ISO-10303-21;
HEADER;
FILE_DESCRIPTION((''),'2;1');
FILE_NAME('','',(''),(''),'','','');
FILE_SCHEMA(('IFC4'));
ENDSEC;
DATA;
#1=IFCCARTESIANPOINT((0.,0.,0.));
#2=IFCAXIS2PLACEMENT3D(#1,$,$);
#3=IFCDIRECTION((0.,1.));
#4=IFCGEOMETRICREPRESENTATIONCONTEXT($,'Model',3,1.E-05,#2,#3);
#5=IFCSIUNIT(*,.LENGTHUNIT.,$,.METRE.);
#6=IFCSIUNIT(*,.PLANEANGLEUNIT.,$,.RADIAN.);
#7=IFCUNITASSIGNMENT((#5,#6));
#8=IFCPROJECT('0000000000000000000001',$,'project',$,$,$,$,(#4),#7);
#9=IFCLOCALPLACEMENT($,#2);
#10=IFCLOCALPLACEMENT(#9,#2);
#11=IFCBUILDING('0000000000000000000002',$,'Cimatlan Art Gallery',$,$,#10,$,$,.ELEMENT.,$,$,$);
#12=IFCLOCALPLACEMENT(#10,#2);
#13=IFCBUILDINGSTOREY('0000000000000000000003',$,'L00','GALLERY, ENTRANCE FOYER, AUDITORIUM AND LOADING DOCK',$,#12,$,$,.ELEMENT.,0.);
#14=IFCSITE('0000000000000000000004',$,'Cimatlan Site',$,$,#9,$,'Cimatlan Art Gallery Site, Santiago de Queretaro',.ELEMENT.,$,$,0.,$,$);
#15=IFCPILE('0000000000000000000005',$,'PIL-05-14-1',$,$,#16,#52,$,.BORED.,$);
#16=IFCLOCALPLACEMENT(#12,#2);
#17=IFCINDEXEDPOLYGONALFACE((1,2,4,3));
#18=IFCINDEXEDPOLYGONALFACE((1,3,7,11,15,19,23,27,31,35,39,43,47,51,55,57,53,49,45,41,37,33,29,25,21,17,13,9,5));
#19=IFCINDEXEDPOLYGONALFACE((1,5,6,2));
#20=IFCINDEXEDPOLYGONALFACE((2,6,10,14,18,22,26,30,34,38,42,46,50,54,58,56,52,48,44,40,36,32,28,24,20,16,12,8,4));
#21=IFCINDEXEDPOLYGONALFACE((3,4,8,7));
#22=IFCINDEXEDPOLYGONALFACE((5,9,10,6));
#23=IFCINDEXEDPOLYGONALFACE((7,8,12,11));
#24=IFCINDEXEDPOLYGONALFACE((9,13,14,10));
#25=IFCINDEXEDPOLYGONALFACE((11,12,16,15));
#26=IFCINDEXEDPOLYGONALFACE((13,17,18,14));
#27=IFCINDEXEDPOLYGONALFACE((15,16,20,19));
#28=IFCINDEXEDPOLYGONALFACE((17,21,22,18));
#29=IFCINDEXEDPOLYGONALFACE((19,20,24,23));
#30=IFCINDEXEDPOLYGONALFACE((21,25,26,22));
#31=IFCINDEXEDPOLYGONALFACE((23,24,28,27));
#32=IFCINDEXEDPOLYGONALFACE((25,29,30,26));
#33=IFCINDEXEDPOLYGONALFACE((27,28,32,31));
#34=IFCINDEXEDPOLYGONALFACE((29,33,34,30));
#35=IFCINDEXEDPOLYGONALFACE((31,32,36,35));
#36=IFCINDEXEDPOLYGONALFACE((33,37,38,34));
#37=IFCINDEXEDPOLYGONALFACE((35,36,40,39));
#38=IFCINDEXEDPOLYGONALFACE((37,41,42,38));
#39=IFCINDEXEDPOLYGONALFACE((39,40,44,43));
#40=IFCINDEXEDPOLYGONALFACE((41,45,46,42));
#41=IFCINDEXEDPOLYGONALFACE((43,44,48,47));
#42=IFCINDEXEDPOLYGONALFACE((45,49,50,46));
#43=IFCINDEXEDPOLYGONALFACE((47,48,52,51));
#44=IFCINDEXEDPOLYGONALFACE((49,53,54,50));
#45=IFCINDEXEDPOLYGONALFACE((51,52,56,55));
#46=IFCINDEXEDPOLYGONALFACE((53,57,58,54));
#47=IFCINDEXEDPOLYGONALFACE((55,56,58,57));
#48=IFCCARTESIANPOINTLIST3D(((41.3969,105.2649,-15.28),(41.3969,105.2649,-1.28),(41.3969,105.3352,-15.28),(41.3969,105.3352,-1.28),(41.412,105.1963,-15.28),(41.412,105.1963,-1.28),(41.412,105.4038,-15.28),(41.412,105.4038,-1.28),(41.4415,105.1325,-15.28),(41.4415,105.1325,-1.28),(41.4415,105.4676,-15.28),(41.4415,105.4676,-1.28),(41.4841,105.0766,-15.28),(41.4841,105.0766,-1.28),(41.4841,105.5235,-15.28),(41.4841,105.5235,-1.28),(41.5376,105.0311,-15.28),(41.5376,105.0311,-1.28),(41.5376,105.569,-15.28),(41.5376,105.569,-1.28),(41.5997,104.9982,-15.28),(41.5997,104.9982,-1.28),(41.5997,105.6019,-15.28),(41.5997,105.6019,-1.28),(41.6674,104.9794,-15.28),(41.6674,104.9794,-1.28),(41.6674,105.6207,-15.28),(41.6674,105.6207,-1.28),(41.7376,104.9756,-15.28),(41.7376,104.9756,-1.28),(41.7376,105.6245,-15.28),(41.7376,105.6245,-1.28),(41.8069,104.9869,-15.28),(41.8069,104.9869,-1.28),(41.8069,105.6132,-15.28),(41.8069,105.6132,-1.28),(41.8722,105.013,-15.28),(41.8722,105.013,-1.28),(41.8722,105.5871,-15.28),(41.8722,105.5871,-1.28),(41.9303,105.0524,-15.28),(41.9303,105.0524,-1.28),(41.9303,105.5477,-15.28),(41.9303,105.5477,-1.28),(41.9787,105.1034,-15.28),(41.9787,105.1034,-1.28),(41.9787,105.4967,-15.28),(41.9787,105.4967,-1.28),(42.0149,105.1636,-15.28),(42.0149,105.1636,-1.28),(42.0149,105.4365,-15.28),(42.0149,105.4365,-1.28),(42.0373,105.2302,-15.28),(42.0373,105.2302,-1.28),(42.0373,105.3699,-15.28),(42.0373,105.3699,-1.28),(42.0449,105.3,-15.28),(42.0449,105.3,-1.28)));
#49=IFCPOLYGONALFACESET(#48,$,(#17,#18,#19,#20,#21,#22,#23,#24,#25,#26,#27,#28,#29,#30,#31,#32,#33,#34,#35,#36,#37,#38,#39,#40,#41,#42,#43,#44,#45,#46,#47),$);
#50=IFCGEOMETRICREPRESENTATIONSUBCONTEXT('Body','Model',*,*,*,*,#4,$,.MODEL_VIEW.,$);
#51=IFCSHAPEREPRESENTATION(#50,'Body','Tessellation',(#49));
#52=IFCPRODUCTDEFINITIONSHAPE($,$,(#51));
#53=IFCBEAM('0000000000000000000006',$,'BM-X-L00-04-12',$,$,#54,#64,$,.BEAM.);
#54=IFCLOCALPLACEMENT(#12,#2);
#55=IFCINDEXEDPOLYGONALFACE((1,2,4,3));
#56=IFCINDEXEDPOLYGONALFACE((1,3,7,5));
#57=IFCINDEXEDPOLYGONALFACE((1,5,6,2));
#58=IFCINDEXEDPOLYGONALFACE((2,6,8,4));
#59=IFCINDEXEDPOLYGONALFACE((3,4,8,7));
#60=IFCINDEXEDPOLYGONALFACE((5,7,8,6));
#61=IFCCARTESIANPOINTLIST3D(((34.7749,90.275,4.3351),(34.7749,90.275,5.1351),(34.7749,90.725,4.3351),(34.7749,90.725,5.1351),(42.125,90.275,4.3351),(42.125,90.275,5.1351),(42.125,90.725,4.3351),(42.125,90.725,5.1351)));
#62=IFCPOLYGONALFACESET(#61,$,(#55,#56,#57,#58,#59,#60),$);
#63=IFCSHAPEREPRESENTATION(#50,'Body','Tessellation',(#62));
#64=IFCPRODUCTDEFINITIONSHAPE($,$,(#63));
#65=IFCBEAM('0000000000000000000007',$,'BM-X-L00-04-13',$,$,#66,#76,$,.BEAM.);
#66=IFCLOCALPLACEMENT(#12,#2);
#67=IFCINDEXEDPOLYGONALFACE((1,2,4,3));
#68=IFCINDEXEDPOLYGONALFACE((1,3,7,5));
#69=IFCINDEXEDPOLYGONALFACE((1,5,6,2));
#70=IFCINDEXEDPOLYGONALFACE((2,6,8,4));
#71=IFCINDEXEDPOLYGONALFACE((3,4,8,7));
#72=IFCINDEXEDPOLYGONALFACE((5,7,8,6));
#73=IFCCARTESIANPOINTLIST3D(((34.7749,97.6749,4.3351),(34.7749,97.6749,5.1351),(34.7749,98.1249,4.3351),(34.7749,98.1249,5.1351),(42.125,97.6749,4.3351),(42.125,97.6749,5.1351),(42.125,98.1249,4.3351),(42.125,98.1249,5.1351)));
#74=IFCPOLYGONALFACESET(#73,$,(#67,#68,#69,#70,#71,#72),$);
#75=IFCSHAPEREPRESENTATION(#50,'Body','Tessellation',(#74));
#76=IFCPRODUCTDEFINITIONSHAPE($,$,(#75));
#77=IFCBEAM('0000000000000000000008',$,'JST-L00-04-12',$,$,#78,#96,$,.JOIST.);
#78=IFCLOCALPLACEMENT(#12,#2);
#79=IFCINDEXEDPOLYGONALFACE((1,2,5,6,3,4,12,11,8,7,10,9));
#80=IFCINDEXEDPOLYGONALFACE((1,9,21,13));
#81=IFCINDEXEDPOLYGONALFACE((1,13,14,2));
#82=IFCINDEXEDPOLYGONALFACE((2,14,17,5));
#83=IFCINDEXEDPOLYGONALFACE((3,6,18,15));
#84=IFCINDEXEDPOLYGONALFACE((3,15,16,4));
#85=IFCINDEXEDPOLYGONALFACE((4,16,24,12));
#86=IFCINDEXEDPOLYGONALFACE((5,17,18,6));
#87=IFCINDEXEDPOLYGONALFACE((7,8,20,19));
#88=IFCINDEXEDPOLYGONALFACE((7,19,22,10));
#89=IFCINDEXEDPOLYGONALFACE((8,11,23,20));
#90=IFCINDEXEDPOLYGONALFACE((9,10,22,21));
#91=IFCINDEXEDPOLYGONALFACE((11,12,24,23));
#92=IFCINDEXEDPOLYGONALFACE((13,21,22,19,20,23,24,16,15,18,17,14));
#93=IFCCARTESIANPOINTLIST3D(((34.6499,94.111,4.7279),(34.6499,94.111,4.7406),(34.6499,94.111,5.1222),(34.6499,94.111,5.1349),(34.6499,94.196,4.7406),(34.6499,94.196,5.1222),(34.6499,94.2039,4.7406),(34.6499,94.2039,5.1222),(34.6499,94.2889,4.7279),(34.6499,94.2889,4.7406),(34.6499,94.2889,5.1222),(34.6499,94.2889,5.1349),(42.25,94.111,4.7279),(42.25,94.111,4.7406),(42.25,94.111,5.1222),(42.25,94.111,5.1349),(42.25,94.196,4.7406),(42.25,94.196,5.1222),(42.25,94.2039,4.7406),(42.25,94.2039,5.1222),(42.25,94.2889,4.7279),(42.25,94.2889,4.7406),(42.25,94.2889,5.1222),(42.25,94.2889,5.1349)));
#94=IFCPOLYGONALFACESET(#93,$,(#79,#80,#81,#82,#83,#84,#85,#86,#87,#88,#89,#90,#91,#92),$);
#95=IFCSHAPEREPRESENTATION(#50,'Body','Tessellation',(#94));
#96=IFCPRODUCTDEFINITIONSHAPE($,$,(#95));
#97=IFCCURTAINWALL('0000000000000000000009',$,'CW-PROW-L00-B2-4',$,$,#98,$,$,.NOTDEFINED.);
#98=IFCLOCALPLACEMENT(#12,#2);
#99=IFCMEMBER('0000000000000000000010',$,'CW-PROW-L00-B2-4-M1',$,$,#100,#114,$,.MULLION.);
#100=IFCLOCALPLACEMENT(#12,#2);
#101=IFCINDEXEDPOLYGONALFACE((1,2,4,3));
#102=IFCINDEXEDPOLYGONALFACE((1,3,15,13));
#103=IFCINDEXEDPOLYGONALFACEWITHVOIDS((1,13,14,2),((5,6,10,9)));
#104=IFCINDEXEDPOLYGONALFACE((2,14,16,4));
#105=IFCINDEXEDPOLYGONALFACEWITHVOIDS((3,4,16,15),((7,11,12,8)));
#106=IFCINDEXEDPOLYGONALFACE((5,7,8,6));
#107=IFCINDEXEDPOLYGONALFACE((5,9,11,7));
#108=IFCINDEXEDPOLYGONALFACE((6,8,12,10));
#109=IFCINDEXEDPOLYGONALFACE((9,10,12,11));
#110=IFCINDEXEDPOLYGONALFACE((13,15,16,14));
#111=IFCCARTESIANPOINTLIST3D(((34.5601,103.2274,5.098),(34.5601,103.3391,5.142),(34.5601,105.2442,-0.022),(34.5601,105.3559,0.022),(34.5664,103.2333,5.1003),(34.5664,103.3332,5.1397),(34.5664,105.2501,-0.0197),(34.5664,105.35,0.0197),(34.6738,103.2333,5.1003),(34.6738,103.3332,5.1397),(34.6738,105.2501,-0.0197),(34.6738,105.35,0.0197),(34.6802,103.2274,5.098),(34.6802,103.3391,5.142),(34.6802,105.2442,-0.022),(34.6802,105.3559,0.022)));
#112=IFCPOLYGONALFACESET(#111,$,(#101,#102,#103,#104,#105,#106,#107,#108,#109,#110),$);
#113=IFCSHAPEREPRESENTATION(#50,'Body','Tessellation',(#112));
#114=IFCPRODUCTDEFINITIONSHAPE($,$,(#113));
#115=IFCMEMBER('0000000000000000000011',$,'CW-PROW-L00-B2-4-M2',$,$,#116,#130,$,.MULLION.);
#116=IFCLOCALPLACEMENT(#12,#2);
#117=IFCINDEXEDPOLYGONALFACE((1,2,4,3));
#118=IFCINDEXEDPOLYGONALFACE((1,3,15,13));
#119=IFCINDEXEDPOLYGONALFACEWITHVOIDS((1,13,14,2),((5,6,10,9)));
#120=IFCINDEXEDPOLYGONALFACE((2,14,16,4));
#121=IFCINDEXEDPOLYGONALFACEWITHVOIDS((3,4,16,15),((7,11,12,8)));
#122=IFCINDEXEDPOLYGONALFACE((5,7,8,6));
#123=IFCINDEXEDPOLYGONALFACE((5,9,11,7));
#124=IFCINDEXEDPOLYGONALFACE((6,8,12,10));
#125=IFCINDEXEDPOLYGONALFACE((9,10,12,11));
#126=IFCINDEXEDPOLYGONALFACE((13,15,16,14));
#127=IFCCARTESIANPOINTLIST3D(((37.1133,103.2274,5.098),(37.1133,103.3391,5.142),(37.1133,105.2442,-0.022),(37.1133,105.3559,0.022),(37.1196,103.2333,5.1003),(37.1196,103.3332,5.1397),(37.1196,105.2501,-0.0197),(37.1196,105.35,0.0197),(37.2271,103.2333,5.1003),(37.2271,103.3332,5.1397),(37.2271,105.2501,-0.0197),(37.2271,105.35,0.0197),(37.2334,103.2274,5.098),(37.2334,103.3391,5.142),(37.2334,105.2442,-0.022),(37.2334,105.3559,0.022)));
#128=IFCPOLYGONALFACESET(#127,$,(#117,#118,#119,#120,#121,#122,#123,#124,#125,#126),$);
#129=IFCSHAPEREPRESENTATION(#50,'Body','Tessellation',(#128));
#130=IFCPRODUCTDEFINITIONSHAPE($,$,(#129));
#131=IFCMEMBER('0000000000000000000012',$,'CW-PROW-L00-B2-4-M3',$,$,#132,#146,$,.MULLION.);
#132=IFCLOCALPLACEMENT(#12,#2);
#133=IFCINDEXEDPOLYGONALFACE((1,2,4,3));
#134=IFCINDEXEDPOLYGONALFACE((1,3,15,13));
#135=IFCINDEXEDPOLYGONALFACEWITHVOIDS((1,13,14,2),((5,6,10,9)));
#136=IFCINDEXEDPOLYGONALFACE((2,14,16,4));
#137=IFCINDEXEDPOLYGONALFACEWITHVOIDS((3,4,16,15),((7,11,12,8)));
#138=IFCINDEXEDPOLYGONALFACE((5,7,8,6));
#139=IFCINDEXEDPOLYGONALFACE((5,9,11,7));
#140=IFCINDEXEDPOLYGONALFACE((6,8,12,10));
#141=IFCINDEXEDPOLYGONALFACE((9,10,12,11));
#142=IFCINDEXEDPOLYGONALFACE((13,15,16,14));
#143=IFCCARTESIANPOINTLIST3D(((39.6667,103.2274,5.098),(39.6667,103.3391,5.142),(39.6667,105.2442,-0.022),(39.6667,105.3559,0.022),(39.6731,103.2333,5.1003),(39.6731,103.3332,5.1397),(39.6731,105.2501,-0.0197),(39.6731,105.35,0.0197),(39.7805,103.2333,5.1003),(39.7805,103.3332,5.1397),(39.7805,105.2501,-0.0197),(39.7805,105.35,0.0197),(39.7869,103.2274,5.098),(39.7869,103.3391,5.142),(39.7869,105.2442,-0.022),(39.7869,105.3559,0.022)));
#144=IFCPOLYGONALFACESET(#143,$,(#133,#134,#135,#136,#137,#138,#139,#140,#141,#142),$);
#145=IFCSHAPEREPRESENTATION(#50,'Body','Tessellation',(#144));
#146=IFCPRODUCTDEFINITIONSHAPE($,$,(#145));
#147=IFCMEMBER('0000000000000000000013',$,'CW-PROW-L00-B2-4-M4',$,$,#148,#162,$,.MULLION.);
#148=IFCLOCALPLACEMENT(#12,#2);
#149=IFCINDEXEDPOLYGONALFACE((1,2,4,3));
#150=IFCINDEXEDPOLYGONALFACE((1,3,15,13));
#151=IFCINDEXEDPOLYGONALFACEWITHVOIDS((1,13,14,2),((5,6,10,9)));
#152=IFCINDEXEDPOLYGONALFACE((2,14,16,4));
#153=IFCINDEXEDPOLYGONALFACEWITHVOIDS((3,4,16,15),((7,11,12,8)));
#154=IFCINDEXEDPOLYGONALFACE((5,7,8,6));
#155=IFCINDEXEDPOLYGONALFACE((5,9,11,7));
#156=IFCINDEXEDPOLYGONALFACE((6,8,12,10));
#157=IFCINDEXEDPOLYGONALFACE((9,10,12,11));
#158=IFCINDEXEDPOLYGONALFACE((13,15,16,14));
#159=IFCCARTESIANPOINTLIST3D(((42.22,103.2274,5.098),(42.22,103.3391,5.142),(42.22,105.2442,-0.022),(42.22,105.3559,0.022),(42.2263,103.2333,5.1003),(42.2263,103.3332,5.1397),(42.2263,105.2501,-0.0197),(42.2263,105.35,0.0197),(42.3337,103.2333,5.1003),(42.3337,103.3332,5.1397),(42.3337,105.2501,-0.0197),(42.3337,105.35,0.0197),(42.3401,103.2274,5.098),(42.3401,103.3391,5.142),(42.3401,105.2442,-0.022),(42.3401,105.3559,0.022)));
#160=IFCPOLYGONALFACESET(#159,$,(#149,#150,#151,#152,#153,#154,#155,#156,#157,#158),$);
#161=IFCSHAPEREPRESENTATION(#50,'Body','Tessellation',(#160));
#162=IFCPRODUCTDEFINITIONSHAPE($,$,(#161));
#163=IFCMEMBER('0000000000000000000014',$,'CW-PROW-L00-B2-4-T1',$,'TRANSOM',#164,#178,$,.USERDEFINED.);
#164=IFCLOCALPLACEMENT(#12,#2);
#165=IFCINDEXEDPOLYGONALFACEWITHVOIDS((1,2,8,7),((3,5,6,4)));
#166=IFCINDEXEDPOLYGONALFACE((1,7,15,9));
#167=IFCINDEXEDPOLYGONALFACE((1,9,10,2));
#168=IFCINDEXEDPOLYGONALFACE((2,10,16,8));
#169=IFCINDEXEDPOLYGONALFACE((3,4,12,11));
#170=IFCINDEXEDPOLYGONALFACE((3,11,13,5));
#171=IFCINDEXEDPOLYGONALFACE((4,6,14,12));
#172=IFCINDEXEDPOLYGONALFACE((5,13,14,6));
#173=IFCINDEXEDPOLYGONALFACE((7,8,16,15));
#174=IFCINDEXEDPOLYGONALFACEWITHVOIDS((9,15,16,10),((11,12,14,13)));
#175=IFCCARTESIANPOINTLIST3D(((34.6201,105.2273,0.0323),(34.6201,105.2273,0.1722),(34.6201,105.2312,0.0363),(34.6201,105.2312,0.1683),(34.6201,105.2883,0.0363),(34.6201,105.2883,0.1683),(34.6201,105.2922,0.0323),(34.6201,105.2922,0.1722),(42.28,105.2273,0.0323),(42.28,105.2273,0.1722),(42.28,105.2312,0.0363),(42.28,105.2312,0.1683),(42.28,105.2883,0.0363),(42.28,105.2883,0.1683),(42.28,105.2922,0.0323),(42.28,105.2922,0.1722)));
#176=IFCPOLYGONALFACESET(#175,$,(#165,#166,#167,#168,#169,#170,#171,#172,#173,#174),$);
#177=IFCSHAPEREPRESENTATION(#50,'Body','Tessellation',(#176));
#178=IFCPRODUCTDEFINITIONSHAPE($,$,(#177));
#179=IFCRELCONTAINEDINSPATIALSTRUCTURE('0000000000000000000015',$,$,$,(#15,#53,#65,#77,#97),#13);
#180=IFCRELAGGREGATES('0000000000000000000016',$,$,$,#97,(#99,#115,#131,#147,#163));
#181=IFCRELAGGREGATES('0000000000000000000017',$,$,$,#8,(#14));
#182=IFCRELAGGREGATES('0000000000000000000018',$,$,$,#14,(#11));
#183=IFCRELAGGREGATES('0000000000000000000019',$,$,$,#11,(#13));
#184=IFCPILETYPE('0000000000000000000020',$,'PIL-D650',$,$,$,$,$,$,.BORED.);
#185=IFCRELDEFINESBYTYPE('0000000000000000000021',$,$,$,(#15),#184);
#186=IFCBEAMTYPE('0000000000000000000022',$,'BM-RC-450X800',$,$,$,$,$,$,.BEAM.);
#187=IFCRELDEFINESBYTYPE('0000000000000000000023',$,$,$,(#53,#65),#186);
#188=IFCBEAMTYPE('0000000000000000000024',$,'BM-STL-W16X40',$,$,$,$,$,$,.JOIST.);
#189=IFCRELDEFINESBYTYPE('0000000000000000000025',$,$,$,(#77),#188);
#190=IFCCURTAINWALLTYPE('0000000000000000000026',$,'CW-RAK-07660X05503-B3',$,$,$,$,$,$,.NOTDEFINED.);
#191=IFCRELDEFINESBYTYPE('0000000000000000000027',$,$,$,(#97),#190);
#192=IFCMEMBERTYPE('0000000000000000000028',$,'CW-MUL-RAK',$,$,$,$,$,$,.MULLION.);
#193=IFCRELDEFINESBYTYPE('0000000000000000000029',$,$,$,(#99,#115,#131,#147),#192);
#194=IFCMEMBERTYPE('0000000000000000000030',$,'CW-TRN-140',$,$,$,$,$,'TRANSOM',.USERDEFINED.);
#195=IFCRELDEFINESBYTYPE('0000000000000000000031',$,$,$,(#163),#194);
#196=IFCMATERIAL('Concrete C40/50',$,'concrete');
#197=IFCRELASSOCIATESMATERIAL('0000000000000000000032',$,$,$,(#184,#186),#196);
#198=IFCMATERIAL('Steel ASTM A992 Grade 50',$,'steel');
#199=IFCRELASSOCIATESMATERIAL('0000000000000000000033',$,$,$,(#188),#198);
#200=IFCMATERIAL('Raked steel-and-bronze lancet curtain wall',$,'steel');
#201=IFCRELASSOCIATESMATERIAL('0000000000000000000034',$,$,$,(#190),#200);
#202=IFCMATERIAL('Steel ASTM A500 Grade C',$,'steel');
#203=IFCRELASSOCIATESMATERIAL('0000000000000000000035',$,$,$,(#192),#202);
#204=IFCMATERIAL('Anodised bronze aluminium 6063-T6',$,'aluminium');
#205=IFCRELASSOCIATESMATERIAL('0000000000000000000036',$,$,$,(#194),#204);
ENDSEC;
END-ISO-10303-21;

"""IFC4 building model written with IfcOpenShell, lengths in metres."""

from ifc_helpers import new_model, si_unit, direction, frame, origin, origin_2d, place, context, subcontext, project, spatial, rectangle, hollow_rectangle, circle, i_section, extrude, material, material_profile, profile_set, type_object, element, aggregate, save


model = new_model("IFC4")

# Units and contexts
model_context = context("Model", 3, precision=1e-05, world=origin(), true_north=direction((0.0, 1.0)))
body_context = subcontext(model_context, "Body", "Model", "MODEL_VIEW")
ifc_project = project(units=[si_unit("LENGTHUNIT", "METRE"), si_unit("PLANEANGLEUNIT", "RADIAN")], contexts=[model_context])

# Site, building, storey
site_placement = place(None, origin())
site = spatial("IfcSite", under=ifc_project, at=site_placement, Name="Cimatlan Site", LongName="Cimatlan Art Gallery Site, Santiago de Queretaro", CompositionType="ELEMENT", RefElevation=0.0)
building_placement = place(site_placement, origin())
building = spatial("IfcBuilding", under=site, at=building_placement, Name="Cimatlan Art Gallery", CompositionType="ELEMENT")
storey_placement = place(building_placement, origin())
storey = spatial("IfcBuildingStorey", under=building, at=storey_placement, Name="L00", Description="GALLERY, ENTRANCE FOYER, AUDITORIUM AND LOADING DOCK", CompositionType="ELEMENT", Elevation=0.0)

# Pile
ifc_material_1 = material(Name="Concrete C40/50", Category="concrete")
pile_type = type_object("IfcPileType", Name="PIL-D650", PredefinedType="BORED", material=ifc_material_1)
for number, where, z_axis, x_axis, name in (
    (1, (41.72, 105.3, -1.28), (0.0, 0.0, -1.0), (1.0, 0.0, 0.0), "PIL-05-14-1"),
):
    element("IfcPile", number, at=place(storey_placement, frame(where, z_axis=z_axis, x_axis=x_axis)), inside=storey, type_object=pile_type, Name=name, PredefinedType="BORED", context=body_context, shape_type="SweptSolid", body=[
        extrude(circle(Radius=0.325, at=origin_2d()), origin(), (0.0, 0.0, 1.0), 14.0),
    ])

# Beams
ifc_material_profile_1 = material_profile(ifc_material_1, rectangle(XDim=0.45, YDim=0.8, at=origin_2d()), Name="RC450X800")
ifc_profile_set_1 = profile_set([ifc_material_profile_1], Name="Concrete C40/50")
beam_type_1 = type_object("IfcBeamType", Name="BM-RC-450X800", PredefinedType="BEAM", material=ifc_profile_set_1)
for number, where, z_axis, x_axis, name in (
    (2, (34.7749, 90.5, 4.7351), (1.0, 0.0, 0.0), (0.0, 1.0, 0.0), "BM-X-L00-04-12"),
    (3, (34.7749, 97.8999, 4.7351), (1.0, 0.0, 0.0), (0.0, 1.0, 0.0), "BM-X-L00-04-13"),
):
    element("IfcBeam", number, at=place(storey_placement, frame(where, z_axis=z_axis, x_axis=x_axis)), inside=storey, type_object=beam_type_1, Name=name, PredefinedType="BEAM", context=body_context, shape_type="SweptSolid", body=[
        extrude(rectangle(XDim=0.45, YDim=0.8, at=origin_2d()), origin(), (0.0, 0.0, 1.0), 7.3501),
    ])
ifc_material_2 = material(Name="Steel ASTM A992 Grade 50", Category="steel")
ifc_material_profile_2 = material_profile(ifc_material_2, i_section(OverallWidth=0.178, OverallDepth=0.407, WebThickness=0.0078, FlangeThickness=0.0127, at=origin_2d()), Name="W16X40")
ifc_profile_set_2 = profile_set([ifc_material_profile_2], Name="Steel ASTM A992 Grade 50")
beam_type_2 = type_object("IfcBeamType", Name="BM-STL-W16X40", PredefinedType="JOIST", material=ifc_profile_set_2)
beam_placement = place(storey_placement, frame((34.6499, 94.2, 4.9314), z_axis=(1.0, 0.0, 0.0), x_axis=(0.0, 1.0, 0.0)))
element("IfcBeam", 4, at=beam_placement, inside=storey, type_object=beam_type_2, Name="JST-L00-04-12", PredefinedType="JOIST", context=body_context, shape_type="SweptSolid", body=[
    extrude(i_section(OverallWidth=0.178, OverallDepth=0.407, WebThickness=0.0078, FlangeThickness=0.0127, at=origin_2d()), origin(), (0.0, 0.0, 1.0), 7.6001),
])

# Curtain wall, members
ifc_material_3 = material(Name="Raked steel-and-bronze lancet curtain wall", Category="steel")
curtain_wall_type = type_object("IfcCurtainWallType", Name="CW-RAK-07660X05503-B3", PredefinedType="NOTDEFINED", material=ifc_material_3)
curtain_wall_placement = place(storey_placement, origin())
curtain_wall = element("IfcCurtainWall", 5, at=curtain_wall_placement, inside=storey, type_object=curtain_wall_type, Name="CW-PROW-L00-B2-4", PredefinedType="NOTDEFINED")
ifc_material_4 = material(Name="Steel ASTM A500 Grade C", Category="steel")
ifc_material_profile_3 = material_profile(ifc_material_4, hollow_rectangle(XDim=0.1201, YDim=0.1201, WallThickness=0.0063, at=origin_2d()), Name="HSS120X120X6")
ifc_profile_set_3 = profile_set([ifc_material_profile_3], Name="Steel ASTM A500 Grade C")
member_type_1 = type_object("IfcMemberType", Name="CW-MUL-RAK", PredefinedType="MULLION", material=ifc_profile_set_3)
member_1_placement = place(storey_placement, frame((34.6201, 105.3, 0.0), z_axis=(0.0, -0.366498, 0.930419), x_axis=(1.0, 0.0, 0.0)))
member_1 = element("IfcMember", 6, at=member_1_placement, type_object=member_type_1, Name="CW-PROW-L00-B2-4-M1", PredefinedType="MULLION", context=body_context, shape_type="SweptSolid", body=[
    extrude(hollow_rectangle(XDim=0.1201, YDim=0.1201, WallThickness=0.0063, at=origin_2d()), origin(), (0.0, 0.0, 1.0), 5.5029),
])
member_2_placement = place(storey_placement, frame((37.1733, 105.3, 0.0), z_axis=(0.0, -0.366498, 0.930419), x_axis=(1.0, 0.0, 0.0)))
member_2 = element("IfcMember", 7, at=member_2_placement, type_object=member_type_1, Name="CW-PROW-L00-B2-4-M2", PredefinedType="MULLION", context=body_context, shape_type="SweptSolid", body=[
    extrude(hollow_rectangle(XDim=0.1201, YDim=0.1201, WallThickness=0.0063, at=origin_2d()), origin(), (0.0, 0.0, 1.0), 5.5029),
])
member_3_placement = place(storey_placement, frame((39.7268, 105.3, 0.0), z_axis=(0.0, -0.366498, 0.930419), x_axis=(1.0, 0.0, 0.0)))
member_3 = element("IfcMember", 8, at=member_3_placement, type_object=member_type_1, Name="CW-PROW-L00-B2-4-M3", PredefinedType="MULLION", context=body_context, shape_type="SweptSolid", body=[
    extrude(hollow_rectangle(XDim=0.1201, YDim=0.1201, WallThickness=0.0063, at=origin_2d()), origin(), (0.0, 0.0, 1.0), 5.5029),
])
member_4_placement = place(storey_placement, frame((42.28, 105.3, 0.0), z_axis=(0.0, -0.366498, 0.930419), x_axis=(1.0, 0.0, 0.0)))
member_4 = element("IfcMember", 9, at=member_4_placement, type_object=member_type_1, Name="CW-PROW-L00-B2-4-M4", PredefinedType="MULLION", context=body_context, shape_type="SweptSolid", body=[
    extrude(hollow_rectangle(XDim=0.1201, YDim=0.1201, WallThickness=0.0063, at=origin_2d()), origin(), (0.0, 0.0, 1.0), 5.5029),
])
ifc_material_5 = material(Name="Anodised bronze aluminium 6063-T6", Category="aluminium")
ifc_material_profile_4 = material_profile(ifc_material_5, hollow_rectangle(XDim=0.0649, YDim=0.1399, WallThickness=0.0039, at=origin_2d()), Name="ALU65X140X4")
ifc_profile_set_4 = profile_set([ifc_material_profile_4], Name="Anodised bronze aluminium 6063-T6")
member_type_2 = type_object("IfcMemberType", Name="CW-TRN-140", ElementType="TRANSOM", PredefinedType="USERDEFINED", material=ifc_profile_set_4)
member_5_placement = place(storey_placement, frame((34.6201, 105.2598, 0.1023), z_axis=(1.0, 0.0, 0.0), x_axis=(0.0, 1.0, 0.0)))
member_5 = element("IfcMember", 10, at=member_5_placement, type_object=member_type_2, Name="CW-PROW-L00-B2-4-T1", ObjectType="TRANSOM", PredefinedType="USERDEFINED", context=body_context, shape_type="SweptSolid", body=[
    extrude(hollow_rectangle(XDim=0.0649, YDim=0.1399, WallThickness=0.0039, at=origin_2d()), origin(), (0.0, 0.0, 1.0), 7.6599),
])
aggregate(curtain_wall, [member_1, member_2, member_3, member_4, member_5])

save(model, "model.ifc")
